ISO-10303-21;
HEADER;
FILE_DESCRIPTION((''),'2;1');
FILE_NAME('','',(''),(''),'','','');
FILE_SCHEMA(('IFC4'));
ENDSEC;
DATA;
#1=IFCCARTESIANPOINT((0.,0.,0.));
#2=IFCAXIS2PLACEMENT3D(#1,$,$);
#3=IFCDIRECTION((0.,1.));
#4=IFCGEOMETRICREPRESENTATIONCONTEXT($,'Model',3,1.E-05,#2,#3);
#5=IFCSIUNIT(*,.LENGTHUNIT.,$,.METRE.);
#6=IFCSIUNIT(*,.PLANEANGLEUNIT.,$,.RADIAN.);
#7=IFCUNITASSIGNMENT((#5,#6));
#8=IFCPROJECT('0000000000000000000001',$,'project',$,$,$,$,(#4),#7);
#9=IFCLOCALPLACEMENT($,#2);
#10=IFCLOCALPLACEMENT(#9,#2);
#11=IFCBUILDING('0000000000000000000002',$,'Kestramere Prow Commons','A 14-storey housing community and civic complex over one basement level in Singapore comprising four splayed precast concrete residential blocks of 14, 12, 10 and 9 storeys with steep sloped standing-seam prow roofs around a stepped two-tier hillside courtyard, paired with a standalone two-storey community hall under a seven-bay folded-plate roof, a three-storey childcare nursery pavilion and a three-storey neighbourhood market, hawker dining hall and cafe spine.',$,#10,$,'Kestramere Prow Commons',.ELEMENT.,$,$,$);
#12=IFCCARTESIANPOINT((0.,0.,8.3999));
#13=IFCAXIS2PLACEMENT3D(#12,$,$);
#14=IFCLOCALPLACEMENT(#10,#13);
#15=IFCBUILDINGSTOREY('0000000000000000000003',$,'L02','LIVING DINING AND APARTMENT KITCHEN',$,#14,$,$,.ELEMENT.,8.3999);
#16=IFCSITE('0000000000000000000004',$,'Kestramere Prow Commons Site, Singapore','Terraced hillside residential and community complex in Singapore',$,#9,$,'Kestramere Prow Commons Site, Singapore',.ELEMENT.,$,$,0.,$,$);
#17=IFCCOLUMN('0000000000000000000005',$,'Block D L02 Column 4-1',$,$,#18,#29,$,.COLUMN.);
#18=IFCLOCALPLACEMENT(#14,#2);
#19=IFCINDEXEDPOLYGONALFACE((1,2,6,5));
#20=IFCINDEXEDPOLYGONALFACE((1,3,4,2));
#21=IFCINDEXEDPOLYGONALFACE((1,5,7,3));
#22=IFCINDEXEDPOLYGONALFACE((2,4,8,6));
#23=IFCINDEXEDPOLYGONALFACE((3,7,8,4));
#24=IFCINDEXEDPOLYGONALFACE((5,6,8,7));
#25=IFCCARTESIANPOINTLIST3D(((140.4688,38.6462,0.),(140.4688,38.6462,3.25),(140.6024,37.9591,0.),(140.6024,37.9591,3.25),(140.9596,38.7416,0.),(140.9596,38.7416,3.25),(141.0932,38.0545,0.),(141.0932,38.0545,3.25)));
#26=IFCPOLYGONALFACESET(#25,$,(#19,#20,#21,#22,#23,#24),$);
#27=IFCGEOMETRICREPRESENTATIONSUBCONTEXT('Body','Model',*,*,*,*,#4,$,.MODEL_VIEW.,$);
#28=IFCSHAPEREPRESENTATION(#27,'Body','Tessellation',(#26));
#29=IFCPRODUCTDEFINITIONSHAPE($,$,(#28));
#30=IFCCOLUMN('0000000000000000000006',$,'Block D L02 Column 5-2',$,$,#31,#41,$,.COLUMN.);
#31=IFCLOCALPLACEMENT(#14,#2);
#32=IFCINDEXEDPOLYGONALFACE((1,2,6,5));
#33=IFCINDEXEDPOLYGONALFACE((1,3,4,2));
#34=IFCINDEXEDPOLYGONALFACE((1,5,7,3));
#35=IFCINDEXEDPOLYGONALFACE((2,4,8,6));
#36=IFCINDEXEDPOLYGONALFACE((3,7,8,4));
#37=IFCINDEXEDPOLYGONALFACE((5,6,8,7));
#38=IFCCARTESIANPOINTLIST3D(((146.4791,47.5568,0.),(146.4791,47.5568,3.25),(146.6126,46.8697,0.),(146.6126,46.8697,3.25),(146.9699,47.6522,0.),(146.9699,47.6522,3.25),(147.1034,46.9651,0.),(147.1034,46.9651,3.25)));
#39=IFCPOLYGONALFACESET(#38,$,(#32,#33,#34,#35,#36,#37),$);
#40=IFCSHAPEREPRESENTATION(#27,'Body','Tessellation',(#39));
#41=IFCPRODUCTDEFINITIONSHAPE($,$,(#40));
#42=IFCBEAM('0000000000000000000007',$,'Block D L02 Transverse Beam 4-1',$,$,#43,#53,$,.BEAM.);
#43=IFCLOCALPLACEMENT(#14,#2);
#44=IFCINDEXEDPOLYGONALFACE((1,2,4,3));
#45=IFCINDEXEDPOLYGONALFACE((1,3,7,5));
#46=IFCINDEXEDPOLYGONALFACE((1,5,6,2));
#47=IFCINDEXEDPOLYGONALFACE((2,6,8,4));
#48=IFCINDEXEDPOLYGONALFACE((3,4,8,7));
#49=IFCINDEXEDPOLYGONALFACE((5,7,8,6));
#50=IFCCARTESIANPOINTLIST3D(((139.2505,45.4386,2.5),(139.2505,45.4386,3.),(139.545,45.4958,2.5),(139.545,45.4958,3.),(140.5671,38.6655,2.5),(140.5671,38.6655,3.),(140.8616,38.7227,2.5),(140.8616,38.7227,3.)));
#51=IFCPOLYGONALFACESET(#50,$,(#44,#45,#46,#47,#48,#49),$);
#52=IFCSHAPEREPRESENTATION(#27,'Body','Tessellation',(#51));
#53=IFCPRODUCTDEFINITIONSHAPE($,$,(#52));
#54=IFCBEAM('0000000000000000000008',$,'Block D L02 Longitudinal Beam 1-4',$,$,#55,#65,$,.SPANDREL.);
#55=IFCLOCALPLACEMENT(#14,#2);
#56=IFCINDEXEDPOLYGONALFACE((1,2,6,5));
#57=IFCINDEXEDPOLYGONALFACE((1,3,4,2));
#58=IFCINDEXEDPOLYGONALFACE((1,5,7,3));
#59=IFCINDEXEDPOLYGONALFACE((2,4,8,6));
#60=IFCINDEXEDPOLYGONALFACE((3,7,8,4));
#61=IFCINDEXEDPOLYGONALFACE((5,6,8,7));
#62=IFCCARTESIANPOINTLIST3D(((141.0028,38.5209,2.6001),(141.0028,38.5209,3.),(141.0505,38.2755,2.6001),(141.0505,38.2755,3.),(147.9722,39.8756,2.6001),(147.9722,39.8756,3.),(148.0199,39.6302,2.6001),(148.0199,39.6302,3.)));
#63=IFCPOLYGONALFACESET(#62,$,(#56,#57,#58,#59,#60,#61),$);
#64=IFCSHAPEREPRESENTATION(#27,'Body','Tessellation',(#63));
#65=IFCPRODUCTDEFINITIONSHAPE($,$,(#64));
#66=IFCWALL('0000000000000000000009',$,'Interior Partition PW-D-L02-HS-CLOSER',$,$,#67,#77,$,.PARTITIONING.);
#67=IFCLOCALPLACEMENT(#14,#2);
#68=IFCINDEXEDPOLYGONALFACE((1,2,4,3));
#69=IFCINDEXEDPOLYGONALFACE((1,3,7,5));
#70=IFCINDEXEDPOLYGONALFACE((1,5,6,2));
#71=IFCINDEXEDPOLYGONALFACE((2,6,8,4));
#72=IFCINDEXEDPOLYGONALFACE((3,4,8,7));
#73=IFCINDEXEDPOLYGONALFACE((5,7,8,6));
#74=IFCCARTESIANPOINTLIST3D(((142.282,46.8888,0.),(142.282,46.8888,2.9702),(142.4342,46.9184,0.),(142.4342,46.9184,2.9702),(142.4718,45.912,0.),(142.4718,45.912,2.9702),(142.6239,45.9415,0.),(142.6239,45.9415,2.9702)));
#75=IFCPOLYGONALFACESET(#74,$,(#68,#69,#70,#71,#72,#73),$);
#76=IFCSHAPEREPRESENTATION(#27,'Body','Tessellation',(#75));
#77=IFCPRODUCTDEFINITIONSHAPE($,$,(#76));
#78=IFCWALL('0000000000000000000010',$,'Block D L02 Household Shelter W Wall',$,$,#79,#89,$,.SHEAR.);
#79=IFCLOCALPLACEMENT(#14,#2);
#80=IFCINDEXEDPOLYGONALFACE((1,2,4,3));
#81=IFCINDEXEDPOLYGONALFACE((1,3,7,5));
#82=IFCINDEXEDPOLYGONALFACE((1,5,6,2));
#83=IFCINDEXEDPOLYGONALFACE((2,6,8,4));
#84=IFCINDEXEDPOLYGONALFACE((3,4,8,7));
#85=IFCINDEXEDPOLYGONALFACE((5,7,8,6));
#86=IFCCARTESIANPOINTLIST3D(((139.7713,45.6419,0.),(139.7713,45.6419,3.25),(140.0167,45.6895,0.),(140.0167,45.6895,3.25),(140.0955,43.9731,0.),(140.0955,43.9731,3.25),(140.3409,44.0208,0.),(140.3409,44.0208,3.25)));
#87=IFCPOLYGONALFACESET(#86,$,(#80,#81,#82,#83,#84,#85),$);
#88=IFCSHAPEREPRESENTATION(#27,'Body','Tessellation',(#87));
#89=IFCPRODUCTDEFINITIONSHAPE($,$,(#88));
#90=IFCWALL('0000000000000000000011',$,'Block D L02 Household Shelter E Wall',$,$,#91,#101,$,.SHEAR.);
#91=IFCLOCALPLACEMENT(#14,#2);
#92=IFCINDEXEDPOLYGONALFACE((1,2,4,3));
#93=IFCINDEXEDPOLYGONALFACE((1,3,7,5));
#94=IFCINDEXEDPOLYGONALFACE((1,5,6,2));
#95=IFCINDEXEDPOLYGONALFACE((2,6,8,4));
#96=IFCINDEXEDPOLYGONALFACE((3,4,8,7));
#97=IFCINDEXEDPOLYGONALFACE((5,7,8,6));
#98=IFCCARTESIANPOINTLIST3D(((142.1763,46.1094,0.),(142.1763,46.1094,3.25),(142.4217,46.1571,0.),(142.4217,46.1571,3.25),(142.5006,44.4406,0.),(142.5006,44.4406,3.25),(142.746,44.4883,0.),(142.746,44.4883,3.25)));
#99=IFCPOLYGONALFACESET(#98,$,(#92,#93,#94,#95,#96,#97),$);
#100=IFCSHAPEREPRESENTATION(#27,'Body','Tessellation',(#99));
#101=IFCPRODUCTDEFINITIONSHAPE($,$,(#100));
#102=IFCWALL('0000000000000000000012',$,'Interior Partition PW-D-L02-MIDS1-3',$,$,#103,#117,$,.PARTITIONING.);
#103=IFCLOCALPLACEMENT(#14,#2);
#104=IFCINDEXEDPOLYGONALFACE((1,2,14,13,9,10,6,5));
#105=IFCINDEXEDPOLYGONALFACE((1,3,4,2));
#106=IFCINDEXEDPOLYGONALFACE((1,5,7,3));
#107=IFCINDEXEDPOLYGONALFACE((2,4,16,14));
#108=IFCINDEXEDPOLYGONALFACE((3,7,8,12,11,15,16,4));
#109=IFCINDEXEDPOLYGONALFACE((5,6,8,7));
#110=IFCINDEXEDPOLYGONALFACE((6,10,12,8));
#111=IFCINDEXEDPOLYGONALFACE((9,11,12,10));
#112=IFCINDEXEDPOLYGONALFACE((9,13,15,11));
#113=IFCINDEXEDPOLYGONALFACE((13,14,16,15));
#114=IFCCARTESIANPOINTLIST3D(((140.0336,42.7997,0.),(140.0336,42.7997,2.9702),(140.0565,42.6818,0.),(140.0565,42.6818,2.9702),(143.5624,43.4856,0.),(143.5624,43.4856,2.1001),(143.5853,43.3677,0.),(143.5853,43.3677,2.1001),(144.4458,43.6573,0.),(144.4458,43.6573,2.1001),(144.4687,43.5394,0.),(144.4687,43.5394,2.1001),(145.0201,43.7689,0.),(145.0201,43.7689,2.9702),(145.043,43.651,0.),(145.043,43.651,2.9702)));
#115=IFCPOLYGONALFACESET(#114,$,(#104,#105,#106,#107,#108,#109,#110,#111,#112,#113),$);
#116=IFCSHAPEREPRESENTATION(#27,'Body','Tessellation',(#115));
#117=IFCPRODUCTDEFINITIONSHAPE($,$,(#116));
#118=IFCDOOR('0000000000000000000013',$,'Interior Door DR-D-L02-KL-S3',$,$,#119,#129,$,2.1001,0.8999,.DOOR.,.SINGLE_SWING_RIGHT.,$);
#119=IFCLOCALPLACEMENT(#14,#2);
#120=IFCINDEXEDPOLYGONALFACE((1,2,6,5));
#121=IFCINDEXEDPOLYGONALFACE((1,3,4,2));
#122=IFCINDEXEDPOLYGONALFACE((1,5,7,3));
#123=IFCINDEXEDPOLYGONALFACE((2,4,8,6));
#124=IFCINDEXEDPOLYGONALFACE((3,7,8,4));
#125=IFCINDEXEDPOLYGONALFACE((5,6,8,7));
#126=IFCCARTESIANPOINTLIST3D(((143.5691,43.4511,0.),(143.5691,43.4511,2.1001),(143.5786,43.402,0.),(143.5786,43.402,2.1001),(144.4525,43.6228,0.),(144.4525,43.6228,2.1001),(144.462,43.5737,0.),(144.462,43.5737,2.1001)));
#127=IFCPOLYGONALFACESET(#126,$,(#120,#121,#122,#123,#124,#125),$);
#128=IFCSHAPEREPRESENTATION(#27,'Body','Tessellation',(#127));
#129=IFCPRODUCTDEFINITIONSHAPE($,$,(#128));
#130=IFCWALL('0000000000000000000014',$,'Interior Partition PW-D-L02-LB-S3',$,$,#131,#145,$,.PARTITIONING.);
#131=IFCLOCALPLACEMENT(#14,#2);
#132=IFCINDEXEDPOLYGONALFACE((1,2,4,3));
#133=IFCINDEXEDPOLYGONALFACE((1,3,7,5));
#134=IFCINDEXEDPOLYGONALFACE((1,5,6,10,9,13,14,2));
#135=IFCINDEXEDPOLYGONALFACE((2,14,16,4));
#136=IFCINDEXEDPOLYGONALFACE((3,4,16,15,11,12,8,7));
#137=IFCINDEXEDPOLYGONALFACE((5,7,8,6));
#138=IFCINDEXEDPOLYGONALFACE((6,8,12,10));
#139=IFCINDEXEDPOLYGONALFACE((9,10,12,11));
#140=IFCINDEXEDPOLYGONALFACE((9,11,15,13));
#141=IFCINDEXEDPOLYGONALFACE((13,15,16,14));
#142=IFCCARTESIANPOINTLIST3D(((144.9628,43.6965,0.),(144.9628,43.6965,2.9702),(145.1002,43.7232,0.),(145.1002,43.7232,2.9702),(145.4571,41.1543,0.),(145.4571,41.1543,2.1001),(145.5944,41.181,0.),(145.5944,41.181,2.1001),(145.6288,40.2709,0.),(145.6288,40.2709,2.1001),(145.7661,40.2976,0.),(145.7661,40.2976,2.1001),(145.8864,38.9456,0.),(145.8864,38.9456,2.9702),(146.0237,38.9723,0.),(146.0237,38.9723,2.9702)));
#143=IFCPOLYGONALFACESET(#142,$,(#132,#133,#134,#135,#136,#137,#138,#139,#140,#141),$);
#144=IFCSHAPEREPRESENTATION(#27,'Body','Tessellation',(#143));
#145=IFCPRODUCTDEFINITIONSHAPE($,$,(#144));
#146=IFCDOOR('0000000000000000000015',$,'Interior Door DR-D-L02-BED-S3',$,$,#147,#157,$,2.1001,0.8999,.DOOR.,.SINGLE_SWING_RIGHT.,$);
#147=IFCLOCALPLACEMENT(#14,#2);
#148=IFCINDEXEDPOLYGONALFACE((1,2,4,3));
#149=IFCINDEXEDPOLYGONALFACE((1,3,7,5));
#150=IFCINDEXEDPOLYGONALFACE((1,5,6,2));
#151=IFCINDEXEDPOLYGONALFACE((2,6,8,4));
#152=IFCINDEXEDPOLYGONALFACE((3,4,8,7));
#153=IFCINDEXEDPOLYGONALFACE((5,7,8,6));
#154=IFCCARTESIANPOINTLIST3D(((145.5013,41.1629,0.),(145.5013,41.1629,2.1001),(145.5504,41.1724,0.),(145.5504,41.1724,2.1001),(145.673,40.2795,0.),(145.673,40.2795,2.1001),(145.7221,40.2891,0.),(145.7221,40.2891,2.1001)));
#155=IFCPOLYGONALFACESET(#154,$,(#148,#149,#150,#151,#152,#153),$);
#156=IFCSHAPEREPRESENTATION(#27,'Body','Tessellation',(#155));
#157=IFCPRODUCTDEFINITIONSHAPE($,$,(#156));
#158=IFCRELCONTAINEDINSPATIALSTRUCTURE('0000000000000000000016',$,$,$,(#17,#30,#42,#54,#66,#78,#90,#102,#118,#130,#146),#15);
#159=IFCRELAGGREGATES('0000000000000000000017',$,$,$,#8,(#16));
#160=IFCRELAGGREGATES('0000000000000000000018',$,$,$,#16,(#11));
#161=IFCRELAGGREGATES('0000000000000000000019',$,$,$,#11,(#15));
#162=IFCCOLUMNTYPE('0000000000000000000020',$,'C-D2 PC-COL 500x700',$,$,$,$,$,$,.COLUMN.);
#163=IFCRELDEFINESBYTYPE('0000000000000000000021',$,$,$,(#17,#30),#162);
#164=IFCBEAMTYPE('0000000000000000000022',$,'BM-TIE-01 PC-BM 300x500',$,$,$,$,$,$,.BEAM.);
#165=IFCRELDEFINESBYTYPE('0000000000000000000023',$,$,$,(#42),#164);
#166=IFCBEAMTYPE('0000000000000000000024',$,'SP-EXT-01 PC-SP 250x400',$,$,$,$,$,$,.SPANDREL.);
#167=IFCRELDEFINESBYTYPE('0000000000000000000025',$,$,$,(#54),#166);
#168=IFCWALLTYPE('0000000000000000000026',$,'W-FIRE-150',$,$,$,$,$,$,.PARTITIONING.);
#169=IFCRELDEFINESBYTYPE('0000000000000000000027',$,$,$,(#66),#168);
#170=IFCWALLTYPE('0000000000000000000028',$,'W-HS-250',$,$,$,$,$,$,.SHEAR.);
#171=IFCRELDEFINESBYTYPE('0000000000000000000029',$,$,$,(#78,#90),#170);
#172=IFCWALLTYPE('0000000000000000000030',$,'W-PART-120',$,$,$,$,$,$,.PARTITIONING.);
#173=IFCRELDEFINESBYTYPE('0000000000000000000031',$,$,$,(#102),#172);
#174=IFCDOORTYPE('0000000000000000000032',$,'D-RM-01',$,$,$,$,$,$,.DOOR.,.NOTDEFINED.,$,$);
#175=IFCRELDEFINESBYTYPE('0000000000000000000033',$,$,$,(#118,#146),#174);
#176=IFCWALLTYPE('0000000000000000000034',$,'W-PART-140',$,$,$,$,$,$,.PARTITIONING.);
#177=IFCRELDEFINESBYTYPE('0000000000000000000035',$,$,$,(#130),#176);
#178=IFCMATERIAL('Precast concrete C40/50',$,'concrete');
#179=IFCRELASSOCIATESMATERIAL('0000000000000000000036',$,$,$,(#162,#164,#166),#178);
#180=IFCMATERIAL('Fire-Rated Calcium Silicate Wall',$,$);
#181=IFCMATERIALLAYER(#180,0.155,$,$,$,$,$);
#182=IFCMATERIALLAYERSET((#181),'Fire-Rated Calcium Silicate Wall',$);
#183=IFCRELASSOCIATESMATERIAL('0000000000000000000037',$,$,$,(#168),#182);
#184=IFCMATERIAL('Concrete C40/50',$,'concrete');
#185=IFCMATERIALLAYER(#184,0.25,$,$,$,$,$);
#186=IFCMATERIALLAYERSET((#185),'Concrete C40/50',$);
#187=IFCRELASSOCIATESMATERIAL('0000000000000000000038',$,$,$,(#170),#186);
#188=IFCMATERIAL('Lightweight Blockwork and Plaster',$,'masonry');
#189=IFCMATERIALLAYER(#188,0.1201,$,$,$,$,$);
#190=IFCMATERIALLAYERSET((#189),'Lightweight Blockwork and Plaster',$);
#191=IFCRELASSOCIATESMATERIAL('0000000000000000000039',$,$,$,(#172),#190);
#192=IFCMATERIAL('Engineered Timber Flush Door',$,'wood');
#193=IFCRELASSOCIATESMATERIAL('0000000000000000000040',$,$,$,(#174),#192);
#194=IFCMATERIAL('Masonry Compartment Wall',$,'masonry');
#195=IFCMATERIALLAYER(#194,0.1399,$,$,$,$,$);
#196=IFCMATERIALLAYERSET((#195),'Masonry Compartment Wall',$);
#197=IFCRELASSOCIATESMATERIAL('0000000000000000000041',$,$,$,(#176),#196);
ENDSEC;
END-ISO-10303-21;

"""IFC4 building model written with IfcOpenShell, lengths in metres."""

from ifc_helpers import new_model, si_unit, direction, frame, frame_2d, origin, origin_2d, place, context, subcontext, project, spatial, rectangle, extrude, material, layer, layer_set, material_profile, profile_set, type_object, element, fill, save


model = new_model("IFC4")

# Units and contexts
model_context = context("Model", 3, precision=1e-05, world=origin(), true_north=direction((0.0, 1.0)))
body_context = subcontext(model_context, "Body", "Model", "MODEL_VIEW")
ifc_project = project(units=[si_unit("LENGTHUNIT", "METRE"), si_unit("PLANEANGLEUNIT", "RADIAN")], contexts=[model_context])

# Site, building, storey
site_placement = place(None, origin())
site = spatial("IfcSite", under=ifc_project, at=site_placement, Name="Kestramere Prow Commons Site, Singapore", Description="Terraced hillside residential and community complex in Singapore", LongName="Kestramere Prow Commons Site, Singapore", CompositionType="ELEMENT", RefElevation=0.0)
building_placement = place(site_placement, origin())
building = spatial("IfcBuilding", under=site, at=building_placement, Name="Kestramere Prow Commons", Description="A 14-storey housing community and civic complex over one basement level in Singapore comprising four splayed precast concrete residential blocks of 14, 12, 10 and 9 storeys with steep sloped standing-seam prow roofs around a stepped two-tier hillside courtyard, paired with a standalone two-storey community hall under a seven-bay folded-plate roof, a three-storey childcare nursery pavilion and a three-storey neighbourhood market, hawker dining hall and cafe spine.", LongName="Kestramere Prow Commons", CompositionType="ELEMENT")
storey_placement = place(building_placement, frame((0.0, 0.0, 8.3999)))
storey = spatial("IfcBuildingStorey", under=building, at=storey_placement, Name="L02", Description="LIVING DINING AND APARTMENT KITCHEN", CompositionType="ELEMENT", Elevation=8.3999)

# Columns
ifc_material_1 = material(Name="Precast concrete C40/50", Category="concrete")
ifc_material_profile_1 = material_profile(ifc_material_1, rectangle(XDim=0.5, YDim=0.7, at=origin_2d()), Name="PC-COL 500x700")
ifc_profile_set_1 = profile_set([ifc_material_profile_1], Name="Precast concrete C40/50")
column_type = type_object("IfcColumnType", Name="C-D2 PC-COL 500x700", PredefinedType="COLUMN", material=ifc_profile_set_1)
for number, where, z_axis, x_axis, name in (
    (1, (140.781, 38.3503, 0.0), (0.0, 0.0, 1.0), (0.981627, 0.190809, 0.0), "Block D L02 Column 4-1"),
    (2, (146.7913, 47.261, 0.0), (0.0, 0.0, 1.0), (0.981627, 0.190809, 0.0), "Block D L02 Column 5-2"),
):
    element("IfcColumn", number, at=place(storey_placement, frame(where, z_axis=z_axis, x_axis=x_axis)), inside=storey, type_object=column_type, Name=name, PredefinedType="COLUMN", context=body_context, shape_type="SweptSolid", body=[
        extrude(rectangle(XDim=0.5, YDim=0.7, at=origin_2d()), origin(), (0.0, 0.0, 1.0), 3.25),
    ])

# Beams
ifc_material_profile_2 = material_profile(ifc_material_1, rectangle(XDim=0.3, YDim=0.5, at=origin_2d()), Name="PC-BM 300x500")
ifc_profile_set_2 = profile_set([ifc_material_profile_2], Name="Precast concrete C40/50")
beam_type_1 = type_object("IfcBeamType", Name="BM-TIE-01 PC-BM 300x500", PredefinedType="BEAM", material=ifc_profile_set_2)
beam_1_placement = place(storey_placement, frame((140.7144, 38.6941, 2.75), z_axis=(-0.190819, 0.981625, 0.0), x_axis=(-0.981625, -0.190819, 0.0)))
element("IfcBeam", 3, at=beam_1_placement, inside=storey, type_object=beam_type_1, Name="Block D L02 Transverse Beam 4-1", PredefinedType="BEAM", context=body_context, shape_type="SweptSolid", body=[
    extrude(rectangle(XDim=0.3, YDim=0.5, at=origin_2d()), origin(), (0.0, 0.0, 1.0), 6.8999),
])
ifc_material_profile_3 = material_profile(ifc_material_1, rectangle(XDim=0.25, YDim=0.3999, at=origin_2d()), Name="PC-SP 250x400")
ifc_profile_set_3 = profile_set([ifc_material_profile_3], Name="Precast concrete C40/50")
beam_type_2 = type_object("IfcBeamType", Name="SP-EXT-01 PC-SP 250x400", PredefinedType="SPANDREL", material=ifc_profile_set_3)
beam_2_placement = place(storey_placement, frame((141.0266, 38.3982, 2.8), z_axis=(0.981627, 0.19081, 0.0), x_axis=(-0.19081, 0.981627, 0.0)))
element("IfcBeam", 4, at=beam_2_placement, inside=storey, type_object=beam_type_2, Name="Block D L02 Longitudinal Beam 1-4", PredefinedType="SPANDREL", context=body_context, shape_type="SweptSolid", body=[
    extrude(rectangle(XDim=0.25, YDim=0.3999, at=origin_2d()), origin(), (0.0, 0.0, 1.0), 7.0999),
])

# Wall
ifc_material_2 = material(Name="Fire-Rated Calcium Silicate Wall")
ifc_layer_1 = layer(ifc_material_2, 0.155)
ifc_layer_set_1 = layer_set([ifc_layer_1], Name="Fire-Rated Calcium Silicate Wall")
wall_type_1 = type_object("IfcWallType", Name="W-FIRE-150", PredefinedType="PARTITIONING", material=ifc_layer_set_1)
wall_1_placement = place(storey_placement, frame((142.5479, 45.9268, 0.0), z_axis=(0.0, 0.0, 1.0), x_axis=(-0.19064, 0.98166, 0.0)))
element("IfcWall", 5, at=wall_1_placement, inside=storey, type_object=wall_type_1, Name="Interior Partition PW-D-L02-HS-CLOSER", PredefinedType="PARTITIONING", context=body_context, shape_type="SweptSolid", body=[
    extrude(rectangle(XDim=0.9951, YDim=0.155, at=frame_2d((0.4976, 0.0))), origin(), (0.0, 0.0, 1.0), 2.9702),
])

# Walls
ifc_material_3 = material(Name="Concrete C40/50", Category="concrete")
ifc_layer_2 = layer(ifc_material_3, 0.25)
ifc_layer_set_2 = layer_set([ifc_layer_2], Name="Concrete C40/50")
wall_type_2 = type_object("IfcWallType", Name="W-HS-250", PredefinedType="SHEAR", material=ifc_layer_set_2)
for number, where, z_axis, x_axis, name in (
    (6, (140.2183, 43.9968, 0.0), (0.0, 0.0, 1.0), (-0.190727, 0.981643, 0.0), "Block D L02 Household Shelter W Wall"),
    (7, (142.6233, 44.4644, 0.0), (0.0, 0.0, 1.0), (-0.190727, 0.981643, 0.0), "Block D L02 Household Shelter E Wall"),
):
    element("IfcWall", number, at=place(storey_placement, frame(where, z_axis=z_axis, x_axis=x_axis)), inside=storey, type_object=wall_type_2, Name=name, PredefinedType="SHEAR", context=body_context, shape_type="SweptSolid", body=[
        extrude(rectangle(XDim=1.7, YDim=0.25, at=frame_2d((0.8501, 0.0))), origin(), (0.0, 0.0, 1.0), 3.25),
    ])

# Walls, openings, doors
ifc_material_4 = material(Name="Lightweight Blockwork and Plaster", Category="masonry")
ifc_layer_3 = layer(ifc_material_4, 0.1201)
ifc_layer_set_3 = layer_set([ifc_layer_3], Name="Lightweight Blockwork and Plaster")
wall_type_3 = type_object("IfcWallType", Name="W-PART-120", PredefinedType="PARTITIONING", material=ifc_layer_set_3)
wall_2_placement = place(storey_placement, frame((140.0449, 42.7407, 0.0), z_axis=(0.0, 0.0, 1.0), x_axis=(0.981629, 0.190799, 0.0)))
wall_2 = element("IfcWall", 8, at=wall_2_placement, inside=storey, type_object=wall_type_3, Name="Interior Partition PW-D-L02-MIDS1-3", PredefinedType="PARTITIONING", context=body_context, shape_type="SweptSolid", body=[
    extrude(rectangle(XDim=5.0798, YDim=0.1201, at=frame_2d((2.54, 0.0))), origin(), (0.0, 0.0, 1.0), 2.9702),
])
opening_1_placement = place(wall_2_placement, frame((3.595, 0.0, 0.0)))
opening_1 = element("IfcOpeningElement", 9, at=opening_1_placement, cuts=wall_2, PredefinedType="OPENING", context=body_context, shape_type="SweptSolid", body=[
    extrude(rectangle(XDim=0.8999, YDim=2.1001, at=frame_2d((0.45, 1.05))), frame((0.0, 0.075, 0.0), z_axis=(0.0, -1.0, 0.0), x_axis=(1.0, 0.0, 0.0)), (0.0, 0.0, 1.0), 0.1501),
])
ifc_material_5 = material(Name="Engineered Timber Flush Door", Category="wood")
door_type_1 = type_object("IfcDoorType", Name="D-RM-01", OperationType="NOTDEFINED", PredefinedType="DOOR", material=ifc_material_5)
door_1_placement = place(opening_1_placement, origin())
door_1 = element("IfcDoor", 10, at=door_1_placement, inside=storey, type_object=door_type_1, Name="Interior Door DR-D-L02-KL-S3", OperationType="SINGLE_SWING_RIGHT", OverallHeight=2.1001, OverallWidth=0.8999, PredefinedType="DOOR", context=body_context, shape_type="SweptSolid", body=[
    extrude(rectangle(XDim=0.8999, YDim=2.1001, at=frame_2d((0.45, 1.05))), frame((0.0, 0.0249, 0.0), z_axis=(0.0, -1.0, 0.0), x_axis=(1.0, 0.0, 0.0)), (0.0, 0.0, 1.0), 0.05),
])
fill(opening_1, door_1)
ifc_material_6 = material(Name="Masonry Compartment Wall", Category="masonry")
ifc_layer_4 = layer(ifc_material_6, 0.1399)
ifc_layer_set_4 = layer_set([ifc_layer_4], Name="Masonry Compartment Wall")
wall_type_4 = type_object("IfcWallType", Name="W-PART-140", PredefinedType="PARTITIONING", material=ifc_layer_set_4)
wall_3_placement = place(storey_placement, frame((145.9551, 38.959, 0.0), z_axis=(0.0, 0.0, 1.0), x_axis=(-0.190826, 0.981624, 0.0)))
wall_3 = element("IfcWall", 11, at=wall_3_placement, inside=storey, type_object=wall_type_4, Name="Interior Partition PW-D-L02-LB-S3", PredefinedType="PARTITIONING", context=body_context, shape_type="SweptSolid", body=[
    extrude(rectangle(XDim=4.8398, YDim=0.1399, at=frame_2d((2.4199, 0.0))), origin(), (0.0, 0.0, 1.0), 2.9702),
])
opening_2_placement = place(wall_3_placement, frame((1.3501, 0.0, 0.0)))
opening_2 = element("IfcOpeningElement", 12, at=opening_2_placement, cuts=wall_3, PredefinedType="OPENING", context=body_context, shape_type="SweptSolid", body=[
    extrude(rectangle(XDim=0.8999, YDim=2.1001, at=frame_2d((0.45, 1.05))), frame((0.0, 0.085, 0.0), z_axis=(0.0, -1.0, 0.0), x_axis=(1.0, 0.0, 0.0)), (0.0, 0.0, 1.0), 0.1699),
])
door_2_placement = place(opening_2_placement, origin())
door_2 = element("IfcDoor", 13, at=door_2_placement, inside=storey, type_object=door_type_1, Name="Interior Door DR-D-L02-BED-S3", OperationType="SINGLE_SWING_RIGHT", OverallHeight=2.1001, OverallWidth=0.8999, PredefinedType="DOOR", context=body_context, shape_type="SweptSolid", body=[
    extrude(rectangle(XDim=0.8999, YDim=2.1001, at=frame_2d((0.45, 1.05))), frame((0.0, 0.0249, 0.0), z_axis=(0.0, -1.0, 0.0), x_axis=(1.0, 0.0, 0.0)), (0.0, 0.0, 1.0), 0.05),
])
fill(opening_2, door_2)

save(model, "model.ifc")
